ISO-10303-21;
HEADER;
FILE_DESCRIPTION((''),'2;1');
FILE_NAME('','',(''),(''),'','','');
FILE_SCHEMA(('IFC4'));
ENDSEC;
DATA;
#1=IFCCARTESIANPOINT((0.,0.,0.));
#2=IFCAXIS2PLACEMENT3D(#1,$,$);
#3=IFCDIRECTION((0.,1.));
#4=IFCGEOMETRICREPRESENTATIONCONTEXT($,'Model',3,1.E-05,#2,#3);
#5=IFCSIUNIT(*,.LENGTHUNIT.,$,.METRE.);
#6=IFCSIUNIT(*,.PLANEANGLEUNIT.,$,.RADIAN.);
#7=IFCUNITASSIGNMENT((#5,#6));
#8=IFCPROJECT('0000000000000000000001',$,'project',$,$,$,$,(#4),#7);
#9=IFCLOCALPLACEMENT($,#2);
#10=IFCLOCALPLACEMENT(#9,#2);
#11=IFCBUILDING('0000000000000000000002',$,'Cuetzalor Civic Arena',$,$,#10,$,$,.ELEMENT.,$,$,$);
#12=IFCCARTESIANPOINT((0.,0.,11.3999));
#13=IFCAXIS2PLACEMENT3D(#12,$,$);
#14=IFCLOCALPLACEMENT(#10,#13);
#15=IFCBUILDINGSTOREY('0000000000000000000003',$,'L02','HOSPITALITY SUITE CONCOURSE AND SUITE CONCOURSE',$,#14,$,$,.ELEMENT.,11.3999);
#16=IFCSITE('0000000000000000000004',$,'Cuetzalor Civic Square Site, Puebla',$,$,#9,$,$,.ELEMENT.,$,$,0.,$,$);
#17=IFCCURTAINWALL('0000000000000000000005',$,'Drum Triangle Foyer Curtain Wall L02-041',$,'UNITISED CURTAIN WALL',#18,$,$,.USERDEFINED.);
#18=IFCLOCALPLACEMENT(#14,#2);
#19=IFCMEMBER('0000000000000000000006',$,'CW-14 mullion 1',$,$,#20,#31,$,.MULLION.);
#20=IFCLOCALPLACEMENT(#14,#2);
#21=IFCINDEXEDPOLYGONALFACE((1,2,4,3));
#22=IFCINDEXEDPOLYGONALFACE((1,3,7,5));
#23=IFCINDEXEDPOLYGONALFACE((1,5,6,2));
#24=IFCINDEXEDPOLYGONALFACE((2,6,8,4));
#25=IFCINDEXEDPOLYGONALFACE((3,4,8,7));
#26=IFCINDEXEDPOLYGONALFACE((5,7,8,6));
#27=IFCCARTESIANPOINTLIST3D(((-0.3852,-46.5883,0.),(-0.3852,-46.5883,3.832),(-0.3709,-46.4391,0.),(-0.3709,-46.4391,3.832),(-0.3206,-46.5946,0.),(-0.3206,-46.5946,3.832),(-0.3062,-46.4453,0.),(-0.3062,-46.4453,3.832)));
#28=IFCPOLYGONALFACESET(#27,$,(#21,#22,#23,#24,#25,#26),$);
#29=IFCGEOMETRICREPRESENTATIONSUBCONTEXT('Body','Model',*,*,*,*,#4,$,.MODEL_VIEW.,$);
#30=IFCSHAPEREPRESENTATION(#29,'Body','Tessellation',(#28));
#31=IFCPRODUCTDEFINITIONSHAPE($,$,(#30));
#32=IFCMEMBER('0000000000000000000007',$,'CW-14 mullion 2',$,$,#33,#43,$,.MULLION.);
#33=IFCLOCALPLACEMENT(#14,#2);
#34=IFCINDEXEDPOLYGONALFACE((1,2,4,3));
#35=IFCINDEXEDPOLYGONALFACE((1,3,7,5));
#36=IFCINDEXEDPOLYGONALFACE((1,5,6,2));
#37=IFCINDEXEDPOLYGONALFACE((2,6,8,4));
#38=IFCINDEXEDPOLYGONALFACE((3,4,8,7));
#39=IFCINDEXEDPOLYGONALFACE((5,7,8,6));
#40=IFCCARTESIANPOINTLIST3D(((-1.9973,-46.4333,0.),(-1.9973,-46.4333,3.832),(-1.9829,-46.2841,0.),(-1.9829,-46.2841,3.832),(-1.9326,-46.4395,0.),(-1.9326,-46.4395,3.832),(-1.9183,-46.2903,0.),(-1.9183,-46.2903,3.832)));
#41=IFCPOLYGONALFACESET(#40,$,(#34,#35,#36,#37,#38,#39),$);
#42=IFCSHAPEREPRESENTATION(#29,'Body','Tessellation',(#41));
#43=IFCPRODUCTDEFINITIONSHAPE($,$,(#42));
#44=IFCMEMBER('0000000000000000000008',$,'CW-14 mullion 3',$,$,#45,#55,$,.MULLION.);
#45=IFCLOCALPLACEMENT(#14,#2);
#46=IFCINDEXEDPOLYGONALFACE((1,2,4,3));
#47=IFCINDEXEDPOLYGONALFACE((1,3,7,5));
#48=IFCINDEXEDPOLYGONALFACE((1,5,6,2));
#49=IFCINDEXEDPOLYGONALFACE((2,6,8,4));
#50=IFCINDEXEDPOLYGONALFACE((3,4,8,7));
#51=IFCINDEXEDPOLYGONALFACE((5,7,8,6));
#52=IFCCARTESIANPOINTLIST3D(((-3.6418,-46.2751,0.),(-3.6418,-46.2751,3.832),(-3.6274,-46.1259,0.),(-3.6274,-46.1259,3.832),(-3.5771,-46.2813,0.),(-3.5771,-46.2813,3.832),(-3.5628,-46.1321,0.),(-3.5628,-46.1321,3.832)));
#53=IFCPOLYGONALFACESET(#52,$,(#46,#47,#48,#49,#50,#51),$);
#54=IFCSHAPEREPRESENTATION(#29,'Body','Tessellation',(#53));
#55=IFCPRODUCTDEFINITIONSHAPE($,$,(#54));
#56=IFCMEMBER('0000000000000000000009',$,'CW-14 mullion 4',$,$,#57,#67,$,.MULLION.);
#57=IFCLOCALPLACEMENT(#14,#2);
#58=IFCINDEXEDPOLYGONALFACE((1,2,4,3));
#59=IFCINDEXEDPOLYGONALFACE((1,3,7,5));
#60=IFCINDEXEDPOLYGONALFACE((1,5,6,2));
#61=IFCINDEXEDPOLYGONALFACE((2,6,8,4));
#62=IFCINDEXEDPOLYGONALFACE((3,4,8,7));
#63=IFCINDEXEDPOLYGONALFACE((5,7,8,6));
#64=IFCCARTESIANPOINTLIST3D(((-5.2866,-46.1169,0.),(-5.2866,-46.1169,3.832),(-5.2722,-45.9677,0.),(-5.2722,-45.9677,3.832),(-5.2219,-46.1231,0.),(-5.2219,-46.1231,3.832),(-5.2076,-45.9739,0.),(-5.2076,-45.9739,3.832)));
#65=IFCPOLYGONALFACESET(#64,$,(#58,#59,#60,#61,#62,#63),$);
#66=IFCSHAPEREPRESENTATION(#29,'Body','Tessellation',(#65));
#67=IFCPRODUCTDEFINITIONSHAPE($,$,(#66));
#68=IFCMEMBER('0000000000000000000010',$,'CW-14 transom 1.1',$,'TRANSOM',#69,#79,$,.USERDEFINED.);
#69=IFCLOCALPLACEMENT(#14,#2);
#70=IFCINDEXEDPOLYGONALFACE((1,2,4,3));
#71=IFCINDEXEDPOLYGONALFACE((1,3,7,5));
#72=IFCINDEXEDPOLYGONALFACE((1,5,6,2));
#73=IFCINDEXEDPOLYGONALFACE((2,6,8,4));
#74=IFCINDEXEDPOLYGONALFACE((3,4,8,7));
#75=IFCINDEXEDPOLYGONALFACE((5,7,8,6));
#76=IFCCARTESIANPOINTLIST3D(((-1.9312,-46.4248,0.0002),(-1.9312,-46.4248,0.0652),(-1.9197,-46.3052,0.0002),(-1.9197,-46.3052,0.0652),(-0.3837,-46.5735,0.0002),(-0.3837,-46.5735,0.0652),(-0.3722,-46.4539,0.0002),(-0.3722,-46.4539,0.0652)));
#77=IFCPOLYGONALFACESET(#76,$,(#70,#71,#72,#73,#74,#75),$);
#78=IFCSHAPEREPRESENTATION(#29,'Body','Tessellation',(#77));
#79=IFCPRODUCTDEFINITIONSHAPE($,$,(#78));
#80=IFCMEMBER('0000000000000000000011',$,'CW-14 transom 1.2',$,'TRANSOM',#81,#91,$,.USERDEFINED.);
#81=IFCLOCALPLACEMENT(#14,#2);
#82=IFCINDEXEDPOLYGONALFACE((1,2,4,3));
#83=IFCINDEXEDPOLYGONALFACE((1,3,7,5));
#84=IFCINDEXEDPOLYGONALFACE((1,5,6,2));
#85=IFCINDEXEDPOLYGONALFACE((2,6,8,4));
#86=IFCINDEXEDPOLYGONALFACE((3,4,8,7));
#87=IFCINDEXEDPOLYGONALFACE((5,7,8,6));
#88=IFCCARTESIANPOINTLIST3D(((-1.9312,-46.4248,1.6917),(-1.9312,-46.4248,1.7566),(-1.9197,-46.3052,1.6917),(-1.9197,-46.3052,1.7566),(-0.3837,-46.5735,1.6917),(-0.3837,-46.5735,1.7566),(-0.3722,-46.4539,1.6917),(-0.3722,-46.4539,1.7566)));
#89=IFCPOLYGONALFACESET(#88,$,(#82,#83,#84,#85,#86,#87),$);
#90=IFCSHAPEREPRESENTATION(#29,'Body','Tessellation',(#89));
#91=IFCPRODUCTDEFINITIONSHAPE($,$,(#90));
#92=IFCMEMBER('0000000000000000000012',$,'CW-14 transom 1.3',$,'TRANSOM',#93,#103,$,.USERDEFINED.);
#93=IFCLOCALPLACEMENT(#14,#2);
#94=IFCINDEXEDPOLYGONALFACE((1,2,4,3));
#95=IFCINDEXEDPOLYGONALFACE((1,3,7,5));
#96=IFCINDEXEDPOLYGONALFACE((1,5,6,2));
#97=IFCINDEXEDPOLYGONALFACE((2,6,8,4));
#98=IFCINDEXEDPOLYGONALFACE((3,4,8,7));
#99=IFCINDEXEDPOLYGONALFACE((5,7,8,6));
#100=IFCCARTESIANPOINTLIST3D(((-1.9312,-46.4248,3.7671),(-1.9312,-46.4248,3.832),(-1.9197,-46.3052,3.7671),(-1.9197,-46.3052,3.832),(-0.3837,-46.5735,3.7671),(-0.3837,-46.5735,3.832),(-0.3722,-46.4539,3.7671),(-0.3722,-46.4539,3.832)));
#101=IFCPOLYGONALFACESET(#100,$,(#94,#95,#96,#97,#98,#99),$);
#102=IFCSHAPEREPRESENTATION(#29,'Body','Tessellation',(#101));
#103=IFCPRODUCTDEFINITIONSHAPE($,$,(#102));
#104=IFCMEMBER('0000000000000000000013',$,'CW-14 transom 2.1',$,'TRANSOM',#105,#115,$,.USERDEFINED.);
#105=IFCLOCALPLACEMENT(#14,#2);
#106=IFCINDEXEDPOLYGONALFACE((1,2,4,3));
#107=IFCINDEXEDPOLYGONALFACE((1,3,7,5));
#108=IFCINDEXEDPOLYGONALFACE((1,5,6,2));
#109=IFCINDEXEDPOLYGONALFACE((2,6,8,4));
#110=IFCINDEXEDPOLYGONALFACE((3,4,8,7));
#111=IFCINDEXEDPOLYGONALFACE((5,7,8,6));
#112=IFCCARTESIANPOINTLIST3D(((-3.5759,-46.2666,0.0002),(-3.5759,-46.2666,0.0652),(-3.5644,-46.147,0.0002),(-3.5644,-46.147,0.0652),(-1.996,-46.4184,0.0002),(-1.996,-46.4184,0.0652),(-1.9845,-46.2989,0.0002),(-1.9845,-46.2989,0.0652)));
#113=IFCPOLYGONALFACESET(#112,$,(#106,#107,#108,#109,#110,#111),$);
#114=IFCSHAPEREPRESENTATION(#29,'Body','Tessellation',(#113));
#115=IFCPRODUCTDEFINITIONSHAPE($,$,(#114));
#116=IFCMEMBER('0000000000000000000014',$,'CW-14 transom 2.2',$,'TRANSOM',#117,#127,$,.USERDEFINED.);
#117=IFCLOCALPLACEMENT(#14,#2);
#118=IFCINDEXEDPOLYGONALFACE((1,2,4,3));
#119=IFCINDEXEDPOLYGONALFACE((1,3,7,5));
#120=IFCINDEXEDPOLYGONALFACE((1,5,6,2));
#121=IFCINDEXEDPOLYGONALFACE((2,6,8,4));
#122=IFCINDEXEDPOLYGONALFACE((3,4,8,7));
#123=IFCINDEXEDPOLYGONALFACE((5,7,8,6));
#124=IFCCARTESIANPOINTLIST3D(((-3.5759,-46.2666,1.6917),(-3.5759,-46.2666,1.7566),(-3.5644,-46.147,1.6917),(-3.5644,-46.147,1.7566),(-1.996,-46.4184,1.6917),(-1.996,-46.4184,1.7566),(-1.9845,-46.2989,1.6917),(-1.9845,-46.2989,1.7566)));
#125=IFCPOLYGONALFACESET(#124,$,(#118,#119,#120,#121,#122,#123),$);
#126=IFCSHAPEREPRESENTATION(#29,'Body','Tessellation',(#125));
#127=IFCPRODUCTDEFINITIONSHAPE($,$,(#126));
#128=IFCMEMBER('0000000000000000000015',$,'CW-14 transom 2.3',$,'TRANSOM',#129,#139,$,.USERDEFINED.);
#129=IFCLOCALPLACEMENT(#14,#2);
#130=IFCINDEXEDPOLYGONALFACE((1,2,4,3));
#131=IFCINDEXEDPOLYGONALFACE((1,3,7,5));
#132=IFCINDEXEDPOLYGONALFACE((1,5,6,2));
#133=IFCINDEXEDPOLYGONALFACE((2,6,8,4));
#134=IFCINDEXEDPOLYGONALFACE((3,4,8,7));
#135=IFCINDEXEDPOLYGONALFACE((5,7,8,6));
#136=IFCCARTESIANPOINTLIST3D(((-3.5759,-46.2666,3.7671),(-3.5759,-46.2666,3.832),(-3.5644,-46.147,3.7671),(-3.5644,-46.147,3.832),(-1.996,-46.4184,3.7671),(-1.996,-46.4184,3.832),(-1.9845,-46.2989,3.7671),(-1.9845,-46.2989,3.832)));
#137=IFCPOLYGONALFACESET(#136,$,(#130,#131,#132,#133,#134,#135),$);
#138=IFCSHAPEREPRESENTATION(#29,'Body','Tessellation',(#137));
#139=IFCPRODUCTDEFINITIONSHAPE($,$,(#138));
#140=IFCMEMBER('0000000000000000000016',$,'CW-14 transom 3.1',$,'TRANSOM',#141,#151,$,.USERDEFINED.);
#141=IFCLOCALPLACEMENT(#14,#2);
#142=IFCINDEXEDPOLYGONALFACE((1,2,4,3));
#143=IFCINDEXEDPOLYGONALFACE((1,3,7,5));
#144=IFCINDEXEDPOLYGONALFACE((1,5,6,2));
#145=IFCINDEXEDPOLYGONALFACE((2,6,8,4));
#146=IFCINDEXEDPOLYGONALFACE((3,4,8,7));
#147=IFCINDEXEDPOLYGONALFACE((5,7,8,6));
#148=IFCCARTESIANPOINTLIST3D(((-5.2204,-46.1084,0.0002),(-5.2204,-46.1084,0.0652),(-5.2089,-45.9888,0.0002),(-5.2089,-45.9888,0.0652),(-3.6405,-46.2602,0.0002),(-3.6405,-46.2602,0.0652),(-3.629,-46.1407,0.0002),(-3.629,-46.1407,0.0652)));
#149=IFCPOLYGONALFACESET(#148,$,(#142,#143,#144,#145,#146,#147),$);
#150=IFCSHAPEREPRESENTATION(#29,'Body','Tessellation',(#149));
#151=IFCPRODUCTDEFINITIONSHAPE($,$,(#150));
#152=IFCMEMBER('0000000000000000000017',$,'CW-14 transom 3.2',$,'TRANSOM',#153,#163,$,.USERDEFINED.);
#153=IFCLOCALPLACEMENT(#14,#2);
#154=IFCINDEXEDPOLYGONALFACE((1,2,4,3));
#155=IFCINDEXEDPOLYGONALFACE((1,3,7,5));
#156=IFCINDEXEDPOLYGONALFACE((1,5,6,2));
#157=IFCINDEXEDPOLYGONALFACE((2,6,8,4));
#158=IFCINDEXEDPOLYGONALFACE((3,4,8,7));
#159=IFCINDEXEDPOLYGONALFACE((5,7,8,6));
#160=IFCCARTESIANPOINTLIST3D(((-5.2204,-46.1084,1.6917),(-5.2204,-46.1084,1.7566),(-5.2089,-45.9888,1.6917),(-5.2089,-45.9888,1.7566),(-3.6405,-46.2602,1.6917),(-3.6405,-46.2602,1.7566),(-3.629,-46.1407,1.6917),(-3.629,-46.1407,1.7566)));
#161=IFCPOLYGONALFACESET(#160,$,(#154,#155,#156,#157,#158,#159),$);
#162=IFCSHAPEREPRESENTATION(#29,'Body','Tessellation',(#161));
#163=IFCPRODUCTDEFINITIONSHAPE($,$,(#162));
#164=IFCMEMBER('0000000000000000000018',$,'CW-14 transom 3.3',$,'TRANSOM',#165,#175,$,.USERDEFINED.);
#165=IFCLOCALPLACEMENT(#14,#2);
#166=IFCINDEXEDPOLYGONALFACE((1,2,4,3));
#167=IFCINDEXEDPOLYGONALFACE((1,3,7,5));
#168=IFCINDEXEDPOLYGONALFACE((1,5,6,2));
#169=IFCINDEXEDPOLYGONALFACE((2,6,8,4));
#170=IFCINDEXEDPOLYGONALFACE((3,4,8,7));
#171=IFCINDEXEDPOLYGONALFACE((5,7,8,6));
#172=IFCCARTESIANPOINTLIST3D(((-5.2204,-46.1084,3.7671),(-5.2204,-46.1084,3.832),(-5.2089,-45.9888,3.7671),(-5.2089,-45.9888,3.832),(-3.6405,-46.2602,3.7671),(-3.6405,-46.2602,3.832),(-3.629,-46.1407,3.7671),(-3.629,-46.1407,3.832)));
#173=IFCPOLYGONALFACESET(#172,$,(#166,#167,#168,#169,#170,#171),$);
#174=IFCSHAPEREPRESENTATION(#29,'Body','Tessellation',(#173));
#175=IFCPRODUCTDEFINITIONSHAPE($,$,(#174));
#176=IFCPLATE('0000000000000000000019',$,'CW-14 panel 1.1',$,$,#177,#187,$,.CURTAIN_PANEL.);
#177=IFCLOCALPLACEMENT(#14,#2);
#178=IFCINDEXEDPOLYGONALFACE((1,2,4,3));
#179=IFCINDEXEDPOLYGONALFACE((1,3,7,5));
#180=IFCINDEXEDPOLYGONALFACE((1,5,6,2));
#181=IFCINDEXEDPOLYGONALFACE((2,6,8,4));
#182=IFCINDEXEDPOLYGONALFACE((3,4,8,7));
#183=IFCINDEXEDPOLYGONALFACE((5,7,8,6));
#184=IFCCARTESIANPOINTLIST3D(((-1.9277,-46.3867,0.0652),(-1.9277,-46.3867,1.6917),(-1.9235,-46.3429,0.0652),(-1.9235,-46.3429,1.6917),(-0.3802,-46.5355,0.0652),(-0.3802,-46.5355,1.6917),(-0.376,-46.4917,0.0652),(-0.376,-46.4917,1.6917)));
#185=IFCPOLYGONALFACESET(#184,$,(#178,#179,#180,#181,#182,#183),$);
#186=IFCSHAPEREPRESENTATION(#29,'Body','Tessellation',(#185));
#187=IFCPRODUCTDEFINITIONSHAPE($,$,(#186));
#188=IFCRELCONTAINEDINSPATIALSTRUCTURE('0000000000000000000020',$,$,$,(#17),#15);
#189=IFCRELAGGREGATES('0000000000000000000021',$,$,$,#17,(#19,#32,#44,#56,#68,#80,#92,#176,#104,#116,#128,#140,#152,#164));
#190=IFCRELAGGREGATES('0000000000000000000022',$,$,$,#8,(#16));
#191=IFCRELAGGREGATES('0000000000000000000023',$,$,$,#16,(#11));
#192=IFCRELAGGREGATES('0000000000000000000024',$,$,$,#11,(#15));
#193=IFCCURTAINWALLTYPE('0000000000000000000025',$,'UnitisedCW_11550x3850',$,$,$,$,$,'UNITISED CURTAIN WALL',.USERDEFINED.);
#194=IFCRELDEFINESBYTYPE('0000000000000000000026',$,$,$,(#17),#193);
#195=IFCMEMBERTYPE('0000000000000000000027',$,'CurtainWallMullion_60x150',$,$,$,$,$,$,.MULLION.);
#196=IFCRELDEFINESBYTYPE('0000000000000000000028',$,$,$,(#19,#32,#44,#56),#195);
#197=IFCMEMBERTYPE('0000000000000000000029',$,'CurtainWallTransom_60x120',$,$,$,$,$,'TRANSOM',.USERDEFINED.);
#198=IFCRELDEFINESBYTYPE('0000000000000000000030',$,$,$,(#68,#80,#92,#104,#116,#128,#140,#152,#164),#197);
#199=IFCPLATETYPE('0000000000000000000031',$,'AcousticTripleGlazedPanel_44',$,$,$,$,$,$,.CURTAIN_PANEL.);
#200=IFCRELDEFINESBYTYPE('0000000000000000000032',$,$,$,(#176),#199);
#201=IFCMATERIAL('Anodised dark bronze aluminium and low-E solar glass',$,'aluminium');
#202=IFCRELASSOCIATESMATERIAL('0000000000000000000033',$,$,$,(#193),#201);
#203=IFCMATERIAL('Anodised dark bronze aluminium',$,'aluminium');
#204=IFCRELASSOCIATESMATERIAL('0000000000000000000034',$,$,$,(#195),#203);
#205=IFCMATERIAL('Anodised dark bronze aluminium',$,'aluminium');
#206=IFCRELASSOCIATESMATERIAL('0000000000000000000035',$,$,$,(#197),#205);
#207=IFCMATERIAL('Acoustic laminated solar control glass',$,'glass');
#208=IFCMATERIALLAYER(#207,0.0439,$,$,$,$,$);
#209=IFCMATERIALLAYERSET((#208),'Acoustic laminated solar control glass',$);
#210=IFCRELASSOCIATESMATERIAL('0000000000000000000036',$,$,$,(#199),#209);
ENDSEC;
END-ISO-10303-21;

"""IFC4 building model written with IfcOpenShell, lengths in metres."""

from ifc_helpers import new_model, si_unit, direction, frame, origin, origin_2d, place, context, subcontext, project, spatial, rectangle, extrude, material, layer, layer_set, material_profile, profile_set, type_object, element, aggregate, save


model = new_model("IFC4")

# Units and contexts
model_context = context("Model", 3, precision=1e-05, world=origin(), true_north=direction((0.0, 1.0)))
body_context = subcontext(model_context, "Body", "Model", "MODEL_VIEW")
ifc_project = project(units=[si_unit("LENGTHUNIT", "METRE"), si_unit("PLANEANGLEUNIT", "RADIAN")], contexts=[model_context])

# Site, building, storey
site_placement = place(None, origin())
site = spatial("IfcSite", under=ifc_project, at=site_placement, Name="Cuetzalor Civic Square Site, Puebla", CompositionType="ELEMENT", RefElevation=0.0)
building_placement = place(site_placement, origin())
building = spatial("IfcBuilding", under=site, at=building_placement, Name="Cuetzalor Civic Arena", CompositionType="ELEMENT")
storey_placement = place(building_placement, frame((0.0, 0.0, 11.3999)))
storey = spatial("IfcBuildingStorey", under=building, at=storey_placement, Name="L02", Description="HOSPITALITY SUITE CONCOURSE AND SUITE CONCOURSE", CompositionType="ELEMENT", Elevation=11.3999)

# Curtain wall, members, plate
ifc_material_1 = material(Name="Anodised dark bronze aluminium and low-E solar glass", Category="aluminium")
curtain_wall_type = type_object("IfcCurtainWallType", Name="UnitisedCW_11550x3850", ElementType="UNITISED CURTAIN WALL", PredefinedType="USERDEFINED", material=ifc_material_1)
curtain_wall_placement = place(storey_placement, origin())
curtain_wall = element("IfcCurtainWall", 1, at=curtain_wall_placement, inside=storey, type_object=curtain_wall_type, Name="Drum Triangle Foyer Curtain Wall L02-041", ObjectType="UNITISED CURTAIN WALL", PredefinedType="USERDEFINED")
ifc_material_2 = material(Name="Anodised dark bronze aluminium", Category="aluminium")
ifc_material_profile_1 = material_profile(ifc_material_2, rectangle(XDim=0.0649, YDim=0.1499, at=origin_2d()), Name="ALU MULLION 65x150")
ifc_profile_set_1 = profile_set([ifc_material_profile_1], Name="Anodised dark bronze aluminium")
member_type_1 = type_object("IfcMemberType", Name="CurtainWallMullion_60x150", PredefinedType="MULLION", material=ifc_profile_set_1)
member_1_placement = place(storey_placement, frame((-0.3457, -46.5168, 0.0), z_axis=(0.0, 0.0, 1.0), x_axis=(-0.995409, 0.095711, 0.0)))
member_1 = element("IfcMember", 2, at=member_1_placement, type_object=member_type_1, Name="CW-14 mullion 1", PredefinedType="MULLION", context=body_context, shape_type="SweptSolid", body=[
    extrude(rectangle(XDim=0.0649, YDim=0.1499, at=origin_2d()), origin(), (0.0, 0.0, 1.0), 3.832),
])
member_2_placement = place(storey_placement, frame((-1.9578, -46.3618, 0.0), z_axis=(0.0, 0.0, 1.0), x_axis=(-0.995409, 0.095711, 0.0)))
member_2 = element("IfcMember", 3, at=member_2_placement, type_object=member_type_1, Name="CW-14 mullion 2", PredefinedType="MULLION", context=body_context, shape_type="SweptSolid", body=[
    extrude(rectangle(XDim=0.0649, YDim=0.1499, at=origin_2d()), origin(), (0.0, 0.0, 1.0), 3.832),
])
member_3_placement = place(storey_placement, frame((-3.6023, -46.2036, 0.0), z_axis=(0.0, 0.0, 1.0), x_axis=(-0.995409, 0.095711, 0.0)))
member_3 = element("IfcMember", 4, at=member_3_placement, type_object=member_type_1, Name="CW-14 mullion 3", PredefinedType="MULLION", context=body_context, shape_type="SweptSolid", body=[
    extrude(rectangle(XDim=0.0649, YDim=0.1499, at=origin_2d()), origin(), (0.0, 0.0, 1.0), 3.832),
])
member_4_placement = place(storey_placement, frame((-5.2471, -46.0454, 0.0), z_axis=(0.0, 0.0, 1.0), x_axis=(-0.995409, 0.095711, 0.0)))
member_4 = element("IfcMember", 5, at=member_4_placement, type_object=member_type_1, Name="CW-14 mullion 4", PredefinedType="MULLION", context=body_context, shape_type="SweptSolid", body=[
    extrude(rectangle(XDim=0.0649, YDim=0.1499, at=origin_2d()), origin(), (0.0, 0.0, 1.0), 3.832),
])
ifc_material_3 = material(Name="Anodised dark bronze aluminium", Category="aluminium")
ifc_material_profile_2 = material_profile(ifc_material_3, rectangle(XDim=0.1201, YDim=0.0649, at=origin_2d()), Name="ALU TRANSOM 65x120")
ifc_profile_set_2 = profile_set([ifc_material_profile_2], Name="Anodised dark bronze aluminium")
member_type_2 = type_object("IfcMemberType", Name="CurtainWallTransom_60x120", ElementType="TRANSOM", PredefinedType="USERDEFINED", material=ifc_profile_set_2)
member_5_placement = place(storey_placement, frame((-0.3779, -46.5137, 0.0327), z_axis=(-0.995417, 0.095632, 0.0), x_axis=(-0.095632, -0.995417, 0.0)))
member_5 = element("IfcMember", 6, at=member_5_placement, type_object=member_type_2, Name="CW-14 transom 1.1", ObjectType="TRANSOM", PredefinedType="USERDEFINED", context=body_context, shape_type="SweptSolid", body=[
    extrude(rectangle(XDim=0.1201, YDim=0.0649, at=origin_2d()), origin(), (0.0, 0.0, 1.0), 1.5547),
])
member_6_placement = place(storey_placement, frame((-0.3779, -46.5137, 1.7241), z_axis=(-0.995417, 0.095632, 0.0), x_axis=(-0.095632, -0.995417, 0.0)))
member_6 = element("IfcMember", 7, at=member_6_placement, type_object=member_type_2, Name="CW-14 transom 1.2", ObjectType="TRANSOM", PredefinedType="USERDEFINED", context=body_context, shape_type="SweptSolid", body=[
    extrude(rectangle(XDim=0.1201, YDim=0.0649, at=origin_2d()), origin(), (0.0, 0.0, 1.0), 1.5547),
])
member_7_placement = place(storey_placement, frame((-0.3779, -46.5137, 3.7996), z_axis=(-0.995417, 0.095632, 0.0), x_axis=(-0.095632, -0.995417, 0.0)))
member_7 = element("IfcMember", 8, at=member_7_placement, type_object=member_type_2, Name="CW-14 transom 1.3", ObjectType="TRANSOM", PredefinedType="USERDEFINED", context=body_context, shape_type="SweptSolid", body=[
    extrude(rectangle(XDim=0.1201, YDim=0.0649, at=origin_2d()), origin(), (0.0, 0.0, 1.0), 1.5547),
])
member_8_placement = place(storey_placement, frame((-1.9902, -46.3586, 0.0327), z_axis=(-0.995412, 0.09568, 0.0), x_axis=(-0.09568, -0.995412, 0.0)))
member_8 = element("IfcMember", 9, at=member_8_placement, type_object=member_type_2, Name="CW-14 transom 2.1", ObjectType="TRANSOM", PredefinedType="USERDEFINED", context=body_context, shape_type="SweptSolid", body=[
    extrude(rectangle(XDim=0.1201, YDim=0.0649, at=origin_2d()), origin(), (0.0, 0.0, 1.0), 1.5872),
])
member_9_placement = place(storey_placement, frame((-1.9902, -46.3586, 1.7241), z_axis=(-0.995412, 0.09568, 0.0), x_axis=(-0.09568, -0.995412, 0.0)))
member_9 = element("IfcMember", 10, at=member_9_placement, type_object=member_type_2, Name="CW-14 transom 2.2", ObjectType="TRANSOM", PredefinedType="USERDEFINED", context=body_context, shape_type="SweptSolid", body=[
    extrude(rectangle(XDim=0.1201, YDim=0.0649, at=origin_2d()), origin(), (0.0, 0.0, 1.0), 1.5872),
])
member_10_placement = place(storey_placement, frame((-1.9902, -46.3586, 3.7996), z_axis=(-0.995412, 0.09568, 0.0), x_axis=(-0.09568, -0.995412, 0.0)))
member_10 = element("IfcMember", 11, at=member_10_placement, type_object=member_type_2, Name="CW-14 transom 2.3", ObjectType="TRANSOM", PredefinedType="USERDEFINED", context=body_context, shape_type="SweptSolid", body=[
    extrude(rectangle(XDim=0.1201, YDim=0.0649, at=origin_2d()), origin(), (0.0, 0.0, 1.0), 1.5872),
])
member_11_placement = place(storey_placement, frame((-3.6348, -46.2004, 0.0327), z_axis=(-0.995412, 0.09568, 0.0), x_axis=(-0.09568, -0.995412, 0.0)))
member_11 = element("IfcMember", 12, at=member_11_placement, type_object=member_type_2, Name="CW-14 transom 3.1", ObjectType="TRANSOM", PredefinedType="USERDEFINED", context=body_context, shape_type="SweptSolid", body=[
    extrude(rectangle(XDim=0.1201, YDim=0.0649, at=origin_2d()), origin(), (0.0, 0.0, 1.0), 1.5872),
])
member_12_placement = place(storey_placement, frame((-3.6348, -46.2004, 1.7241), z_axis=(-0.995412, 0.09568, 0.0), x_axis=(-0.09568, -0.995412, 0.0)))
member_12 = element("IfcMember", 13, at=member_12_placement, type_object=member_type_2, Name="CW-14 transom 3.2", ObjectType="TRANSOM", PredefinedType="USERDEFINED", context=body_context, shape_type="SweptSolid", body=[
    extrude(rectangle(XDim=0.1201, YDim=0.0649, at=origin_2d()), origin(), (0.0, 0.0, 1.0), 1.5872),
])
member_13_placement = place(storey_placement, frame((-3.6348, -46.2004, 3.7996), z_axis=(-0.995412, 0.09568, 0.0), x_axis=(-0.09568, -0.995412, 0.0)))
member_13 = element("IfcMember", 14, at=member_13_placement, type_object=member_type_2, Name="CW-14 transom 3.3", ObjectType="TRANSOM", PredefinedType="USERDEFINED", context=body_context, shape_type="SweptSolid", body=[
    extrude(rectangle(XDim=0.1201, YDim=0.0649, at=origin_2d()), origin(), (0.0, 0.0, 1.0), 1.5872),
])
ifc_material_4 = material(Name="Acoustic laminated solar control glass", Category="glass")
ifc_layer_1 = layer(ifc_material_4, 0.0439)
ifc_layer_set_1 = layer_set([ifc_layer_1], Name="Acoustic laminated solar control glass")
plate_type = type_object("IfcPlateType", Name="AcousticTripleGlazedPanel_44", PredefinedType="CURTAIN_PANEL", material=ifc_layer_set_1)
plate_1_placement = place(storey_placement, frame((-1.1519, -46.4392, 0.0652), z_axis=(0.0, 0.0, 1.0), x_axis=(-0.995409, 0.095711, 0.0)))
plate_1 = element("IfcPlate", 15, at=plate_1_placement, type_object=plate_type, Name="CW-14 panel 1.1", PredefinedType="CURTAIN_PANEL", context=body_context, shape_type="SweptSolid", body=[
    extrude(rectangle(XDim=1.5547, YDim=0.0439, at=origin_2d()), origin(), (0.0, 0.0, 1.0), 1.6265),
])
aggregate(curtain_wall, [member_1, member_2, member_3, member_4, member_5, member_6, member_7, plate_1, member_8, member_9, member_10, member_11, member_12, member_13])

save(model, "model.ifc")
